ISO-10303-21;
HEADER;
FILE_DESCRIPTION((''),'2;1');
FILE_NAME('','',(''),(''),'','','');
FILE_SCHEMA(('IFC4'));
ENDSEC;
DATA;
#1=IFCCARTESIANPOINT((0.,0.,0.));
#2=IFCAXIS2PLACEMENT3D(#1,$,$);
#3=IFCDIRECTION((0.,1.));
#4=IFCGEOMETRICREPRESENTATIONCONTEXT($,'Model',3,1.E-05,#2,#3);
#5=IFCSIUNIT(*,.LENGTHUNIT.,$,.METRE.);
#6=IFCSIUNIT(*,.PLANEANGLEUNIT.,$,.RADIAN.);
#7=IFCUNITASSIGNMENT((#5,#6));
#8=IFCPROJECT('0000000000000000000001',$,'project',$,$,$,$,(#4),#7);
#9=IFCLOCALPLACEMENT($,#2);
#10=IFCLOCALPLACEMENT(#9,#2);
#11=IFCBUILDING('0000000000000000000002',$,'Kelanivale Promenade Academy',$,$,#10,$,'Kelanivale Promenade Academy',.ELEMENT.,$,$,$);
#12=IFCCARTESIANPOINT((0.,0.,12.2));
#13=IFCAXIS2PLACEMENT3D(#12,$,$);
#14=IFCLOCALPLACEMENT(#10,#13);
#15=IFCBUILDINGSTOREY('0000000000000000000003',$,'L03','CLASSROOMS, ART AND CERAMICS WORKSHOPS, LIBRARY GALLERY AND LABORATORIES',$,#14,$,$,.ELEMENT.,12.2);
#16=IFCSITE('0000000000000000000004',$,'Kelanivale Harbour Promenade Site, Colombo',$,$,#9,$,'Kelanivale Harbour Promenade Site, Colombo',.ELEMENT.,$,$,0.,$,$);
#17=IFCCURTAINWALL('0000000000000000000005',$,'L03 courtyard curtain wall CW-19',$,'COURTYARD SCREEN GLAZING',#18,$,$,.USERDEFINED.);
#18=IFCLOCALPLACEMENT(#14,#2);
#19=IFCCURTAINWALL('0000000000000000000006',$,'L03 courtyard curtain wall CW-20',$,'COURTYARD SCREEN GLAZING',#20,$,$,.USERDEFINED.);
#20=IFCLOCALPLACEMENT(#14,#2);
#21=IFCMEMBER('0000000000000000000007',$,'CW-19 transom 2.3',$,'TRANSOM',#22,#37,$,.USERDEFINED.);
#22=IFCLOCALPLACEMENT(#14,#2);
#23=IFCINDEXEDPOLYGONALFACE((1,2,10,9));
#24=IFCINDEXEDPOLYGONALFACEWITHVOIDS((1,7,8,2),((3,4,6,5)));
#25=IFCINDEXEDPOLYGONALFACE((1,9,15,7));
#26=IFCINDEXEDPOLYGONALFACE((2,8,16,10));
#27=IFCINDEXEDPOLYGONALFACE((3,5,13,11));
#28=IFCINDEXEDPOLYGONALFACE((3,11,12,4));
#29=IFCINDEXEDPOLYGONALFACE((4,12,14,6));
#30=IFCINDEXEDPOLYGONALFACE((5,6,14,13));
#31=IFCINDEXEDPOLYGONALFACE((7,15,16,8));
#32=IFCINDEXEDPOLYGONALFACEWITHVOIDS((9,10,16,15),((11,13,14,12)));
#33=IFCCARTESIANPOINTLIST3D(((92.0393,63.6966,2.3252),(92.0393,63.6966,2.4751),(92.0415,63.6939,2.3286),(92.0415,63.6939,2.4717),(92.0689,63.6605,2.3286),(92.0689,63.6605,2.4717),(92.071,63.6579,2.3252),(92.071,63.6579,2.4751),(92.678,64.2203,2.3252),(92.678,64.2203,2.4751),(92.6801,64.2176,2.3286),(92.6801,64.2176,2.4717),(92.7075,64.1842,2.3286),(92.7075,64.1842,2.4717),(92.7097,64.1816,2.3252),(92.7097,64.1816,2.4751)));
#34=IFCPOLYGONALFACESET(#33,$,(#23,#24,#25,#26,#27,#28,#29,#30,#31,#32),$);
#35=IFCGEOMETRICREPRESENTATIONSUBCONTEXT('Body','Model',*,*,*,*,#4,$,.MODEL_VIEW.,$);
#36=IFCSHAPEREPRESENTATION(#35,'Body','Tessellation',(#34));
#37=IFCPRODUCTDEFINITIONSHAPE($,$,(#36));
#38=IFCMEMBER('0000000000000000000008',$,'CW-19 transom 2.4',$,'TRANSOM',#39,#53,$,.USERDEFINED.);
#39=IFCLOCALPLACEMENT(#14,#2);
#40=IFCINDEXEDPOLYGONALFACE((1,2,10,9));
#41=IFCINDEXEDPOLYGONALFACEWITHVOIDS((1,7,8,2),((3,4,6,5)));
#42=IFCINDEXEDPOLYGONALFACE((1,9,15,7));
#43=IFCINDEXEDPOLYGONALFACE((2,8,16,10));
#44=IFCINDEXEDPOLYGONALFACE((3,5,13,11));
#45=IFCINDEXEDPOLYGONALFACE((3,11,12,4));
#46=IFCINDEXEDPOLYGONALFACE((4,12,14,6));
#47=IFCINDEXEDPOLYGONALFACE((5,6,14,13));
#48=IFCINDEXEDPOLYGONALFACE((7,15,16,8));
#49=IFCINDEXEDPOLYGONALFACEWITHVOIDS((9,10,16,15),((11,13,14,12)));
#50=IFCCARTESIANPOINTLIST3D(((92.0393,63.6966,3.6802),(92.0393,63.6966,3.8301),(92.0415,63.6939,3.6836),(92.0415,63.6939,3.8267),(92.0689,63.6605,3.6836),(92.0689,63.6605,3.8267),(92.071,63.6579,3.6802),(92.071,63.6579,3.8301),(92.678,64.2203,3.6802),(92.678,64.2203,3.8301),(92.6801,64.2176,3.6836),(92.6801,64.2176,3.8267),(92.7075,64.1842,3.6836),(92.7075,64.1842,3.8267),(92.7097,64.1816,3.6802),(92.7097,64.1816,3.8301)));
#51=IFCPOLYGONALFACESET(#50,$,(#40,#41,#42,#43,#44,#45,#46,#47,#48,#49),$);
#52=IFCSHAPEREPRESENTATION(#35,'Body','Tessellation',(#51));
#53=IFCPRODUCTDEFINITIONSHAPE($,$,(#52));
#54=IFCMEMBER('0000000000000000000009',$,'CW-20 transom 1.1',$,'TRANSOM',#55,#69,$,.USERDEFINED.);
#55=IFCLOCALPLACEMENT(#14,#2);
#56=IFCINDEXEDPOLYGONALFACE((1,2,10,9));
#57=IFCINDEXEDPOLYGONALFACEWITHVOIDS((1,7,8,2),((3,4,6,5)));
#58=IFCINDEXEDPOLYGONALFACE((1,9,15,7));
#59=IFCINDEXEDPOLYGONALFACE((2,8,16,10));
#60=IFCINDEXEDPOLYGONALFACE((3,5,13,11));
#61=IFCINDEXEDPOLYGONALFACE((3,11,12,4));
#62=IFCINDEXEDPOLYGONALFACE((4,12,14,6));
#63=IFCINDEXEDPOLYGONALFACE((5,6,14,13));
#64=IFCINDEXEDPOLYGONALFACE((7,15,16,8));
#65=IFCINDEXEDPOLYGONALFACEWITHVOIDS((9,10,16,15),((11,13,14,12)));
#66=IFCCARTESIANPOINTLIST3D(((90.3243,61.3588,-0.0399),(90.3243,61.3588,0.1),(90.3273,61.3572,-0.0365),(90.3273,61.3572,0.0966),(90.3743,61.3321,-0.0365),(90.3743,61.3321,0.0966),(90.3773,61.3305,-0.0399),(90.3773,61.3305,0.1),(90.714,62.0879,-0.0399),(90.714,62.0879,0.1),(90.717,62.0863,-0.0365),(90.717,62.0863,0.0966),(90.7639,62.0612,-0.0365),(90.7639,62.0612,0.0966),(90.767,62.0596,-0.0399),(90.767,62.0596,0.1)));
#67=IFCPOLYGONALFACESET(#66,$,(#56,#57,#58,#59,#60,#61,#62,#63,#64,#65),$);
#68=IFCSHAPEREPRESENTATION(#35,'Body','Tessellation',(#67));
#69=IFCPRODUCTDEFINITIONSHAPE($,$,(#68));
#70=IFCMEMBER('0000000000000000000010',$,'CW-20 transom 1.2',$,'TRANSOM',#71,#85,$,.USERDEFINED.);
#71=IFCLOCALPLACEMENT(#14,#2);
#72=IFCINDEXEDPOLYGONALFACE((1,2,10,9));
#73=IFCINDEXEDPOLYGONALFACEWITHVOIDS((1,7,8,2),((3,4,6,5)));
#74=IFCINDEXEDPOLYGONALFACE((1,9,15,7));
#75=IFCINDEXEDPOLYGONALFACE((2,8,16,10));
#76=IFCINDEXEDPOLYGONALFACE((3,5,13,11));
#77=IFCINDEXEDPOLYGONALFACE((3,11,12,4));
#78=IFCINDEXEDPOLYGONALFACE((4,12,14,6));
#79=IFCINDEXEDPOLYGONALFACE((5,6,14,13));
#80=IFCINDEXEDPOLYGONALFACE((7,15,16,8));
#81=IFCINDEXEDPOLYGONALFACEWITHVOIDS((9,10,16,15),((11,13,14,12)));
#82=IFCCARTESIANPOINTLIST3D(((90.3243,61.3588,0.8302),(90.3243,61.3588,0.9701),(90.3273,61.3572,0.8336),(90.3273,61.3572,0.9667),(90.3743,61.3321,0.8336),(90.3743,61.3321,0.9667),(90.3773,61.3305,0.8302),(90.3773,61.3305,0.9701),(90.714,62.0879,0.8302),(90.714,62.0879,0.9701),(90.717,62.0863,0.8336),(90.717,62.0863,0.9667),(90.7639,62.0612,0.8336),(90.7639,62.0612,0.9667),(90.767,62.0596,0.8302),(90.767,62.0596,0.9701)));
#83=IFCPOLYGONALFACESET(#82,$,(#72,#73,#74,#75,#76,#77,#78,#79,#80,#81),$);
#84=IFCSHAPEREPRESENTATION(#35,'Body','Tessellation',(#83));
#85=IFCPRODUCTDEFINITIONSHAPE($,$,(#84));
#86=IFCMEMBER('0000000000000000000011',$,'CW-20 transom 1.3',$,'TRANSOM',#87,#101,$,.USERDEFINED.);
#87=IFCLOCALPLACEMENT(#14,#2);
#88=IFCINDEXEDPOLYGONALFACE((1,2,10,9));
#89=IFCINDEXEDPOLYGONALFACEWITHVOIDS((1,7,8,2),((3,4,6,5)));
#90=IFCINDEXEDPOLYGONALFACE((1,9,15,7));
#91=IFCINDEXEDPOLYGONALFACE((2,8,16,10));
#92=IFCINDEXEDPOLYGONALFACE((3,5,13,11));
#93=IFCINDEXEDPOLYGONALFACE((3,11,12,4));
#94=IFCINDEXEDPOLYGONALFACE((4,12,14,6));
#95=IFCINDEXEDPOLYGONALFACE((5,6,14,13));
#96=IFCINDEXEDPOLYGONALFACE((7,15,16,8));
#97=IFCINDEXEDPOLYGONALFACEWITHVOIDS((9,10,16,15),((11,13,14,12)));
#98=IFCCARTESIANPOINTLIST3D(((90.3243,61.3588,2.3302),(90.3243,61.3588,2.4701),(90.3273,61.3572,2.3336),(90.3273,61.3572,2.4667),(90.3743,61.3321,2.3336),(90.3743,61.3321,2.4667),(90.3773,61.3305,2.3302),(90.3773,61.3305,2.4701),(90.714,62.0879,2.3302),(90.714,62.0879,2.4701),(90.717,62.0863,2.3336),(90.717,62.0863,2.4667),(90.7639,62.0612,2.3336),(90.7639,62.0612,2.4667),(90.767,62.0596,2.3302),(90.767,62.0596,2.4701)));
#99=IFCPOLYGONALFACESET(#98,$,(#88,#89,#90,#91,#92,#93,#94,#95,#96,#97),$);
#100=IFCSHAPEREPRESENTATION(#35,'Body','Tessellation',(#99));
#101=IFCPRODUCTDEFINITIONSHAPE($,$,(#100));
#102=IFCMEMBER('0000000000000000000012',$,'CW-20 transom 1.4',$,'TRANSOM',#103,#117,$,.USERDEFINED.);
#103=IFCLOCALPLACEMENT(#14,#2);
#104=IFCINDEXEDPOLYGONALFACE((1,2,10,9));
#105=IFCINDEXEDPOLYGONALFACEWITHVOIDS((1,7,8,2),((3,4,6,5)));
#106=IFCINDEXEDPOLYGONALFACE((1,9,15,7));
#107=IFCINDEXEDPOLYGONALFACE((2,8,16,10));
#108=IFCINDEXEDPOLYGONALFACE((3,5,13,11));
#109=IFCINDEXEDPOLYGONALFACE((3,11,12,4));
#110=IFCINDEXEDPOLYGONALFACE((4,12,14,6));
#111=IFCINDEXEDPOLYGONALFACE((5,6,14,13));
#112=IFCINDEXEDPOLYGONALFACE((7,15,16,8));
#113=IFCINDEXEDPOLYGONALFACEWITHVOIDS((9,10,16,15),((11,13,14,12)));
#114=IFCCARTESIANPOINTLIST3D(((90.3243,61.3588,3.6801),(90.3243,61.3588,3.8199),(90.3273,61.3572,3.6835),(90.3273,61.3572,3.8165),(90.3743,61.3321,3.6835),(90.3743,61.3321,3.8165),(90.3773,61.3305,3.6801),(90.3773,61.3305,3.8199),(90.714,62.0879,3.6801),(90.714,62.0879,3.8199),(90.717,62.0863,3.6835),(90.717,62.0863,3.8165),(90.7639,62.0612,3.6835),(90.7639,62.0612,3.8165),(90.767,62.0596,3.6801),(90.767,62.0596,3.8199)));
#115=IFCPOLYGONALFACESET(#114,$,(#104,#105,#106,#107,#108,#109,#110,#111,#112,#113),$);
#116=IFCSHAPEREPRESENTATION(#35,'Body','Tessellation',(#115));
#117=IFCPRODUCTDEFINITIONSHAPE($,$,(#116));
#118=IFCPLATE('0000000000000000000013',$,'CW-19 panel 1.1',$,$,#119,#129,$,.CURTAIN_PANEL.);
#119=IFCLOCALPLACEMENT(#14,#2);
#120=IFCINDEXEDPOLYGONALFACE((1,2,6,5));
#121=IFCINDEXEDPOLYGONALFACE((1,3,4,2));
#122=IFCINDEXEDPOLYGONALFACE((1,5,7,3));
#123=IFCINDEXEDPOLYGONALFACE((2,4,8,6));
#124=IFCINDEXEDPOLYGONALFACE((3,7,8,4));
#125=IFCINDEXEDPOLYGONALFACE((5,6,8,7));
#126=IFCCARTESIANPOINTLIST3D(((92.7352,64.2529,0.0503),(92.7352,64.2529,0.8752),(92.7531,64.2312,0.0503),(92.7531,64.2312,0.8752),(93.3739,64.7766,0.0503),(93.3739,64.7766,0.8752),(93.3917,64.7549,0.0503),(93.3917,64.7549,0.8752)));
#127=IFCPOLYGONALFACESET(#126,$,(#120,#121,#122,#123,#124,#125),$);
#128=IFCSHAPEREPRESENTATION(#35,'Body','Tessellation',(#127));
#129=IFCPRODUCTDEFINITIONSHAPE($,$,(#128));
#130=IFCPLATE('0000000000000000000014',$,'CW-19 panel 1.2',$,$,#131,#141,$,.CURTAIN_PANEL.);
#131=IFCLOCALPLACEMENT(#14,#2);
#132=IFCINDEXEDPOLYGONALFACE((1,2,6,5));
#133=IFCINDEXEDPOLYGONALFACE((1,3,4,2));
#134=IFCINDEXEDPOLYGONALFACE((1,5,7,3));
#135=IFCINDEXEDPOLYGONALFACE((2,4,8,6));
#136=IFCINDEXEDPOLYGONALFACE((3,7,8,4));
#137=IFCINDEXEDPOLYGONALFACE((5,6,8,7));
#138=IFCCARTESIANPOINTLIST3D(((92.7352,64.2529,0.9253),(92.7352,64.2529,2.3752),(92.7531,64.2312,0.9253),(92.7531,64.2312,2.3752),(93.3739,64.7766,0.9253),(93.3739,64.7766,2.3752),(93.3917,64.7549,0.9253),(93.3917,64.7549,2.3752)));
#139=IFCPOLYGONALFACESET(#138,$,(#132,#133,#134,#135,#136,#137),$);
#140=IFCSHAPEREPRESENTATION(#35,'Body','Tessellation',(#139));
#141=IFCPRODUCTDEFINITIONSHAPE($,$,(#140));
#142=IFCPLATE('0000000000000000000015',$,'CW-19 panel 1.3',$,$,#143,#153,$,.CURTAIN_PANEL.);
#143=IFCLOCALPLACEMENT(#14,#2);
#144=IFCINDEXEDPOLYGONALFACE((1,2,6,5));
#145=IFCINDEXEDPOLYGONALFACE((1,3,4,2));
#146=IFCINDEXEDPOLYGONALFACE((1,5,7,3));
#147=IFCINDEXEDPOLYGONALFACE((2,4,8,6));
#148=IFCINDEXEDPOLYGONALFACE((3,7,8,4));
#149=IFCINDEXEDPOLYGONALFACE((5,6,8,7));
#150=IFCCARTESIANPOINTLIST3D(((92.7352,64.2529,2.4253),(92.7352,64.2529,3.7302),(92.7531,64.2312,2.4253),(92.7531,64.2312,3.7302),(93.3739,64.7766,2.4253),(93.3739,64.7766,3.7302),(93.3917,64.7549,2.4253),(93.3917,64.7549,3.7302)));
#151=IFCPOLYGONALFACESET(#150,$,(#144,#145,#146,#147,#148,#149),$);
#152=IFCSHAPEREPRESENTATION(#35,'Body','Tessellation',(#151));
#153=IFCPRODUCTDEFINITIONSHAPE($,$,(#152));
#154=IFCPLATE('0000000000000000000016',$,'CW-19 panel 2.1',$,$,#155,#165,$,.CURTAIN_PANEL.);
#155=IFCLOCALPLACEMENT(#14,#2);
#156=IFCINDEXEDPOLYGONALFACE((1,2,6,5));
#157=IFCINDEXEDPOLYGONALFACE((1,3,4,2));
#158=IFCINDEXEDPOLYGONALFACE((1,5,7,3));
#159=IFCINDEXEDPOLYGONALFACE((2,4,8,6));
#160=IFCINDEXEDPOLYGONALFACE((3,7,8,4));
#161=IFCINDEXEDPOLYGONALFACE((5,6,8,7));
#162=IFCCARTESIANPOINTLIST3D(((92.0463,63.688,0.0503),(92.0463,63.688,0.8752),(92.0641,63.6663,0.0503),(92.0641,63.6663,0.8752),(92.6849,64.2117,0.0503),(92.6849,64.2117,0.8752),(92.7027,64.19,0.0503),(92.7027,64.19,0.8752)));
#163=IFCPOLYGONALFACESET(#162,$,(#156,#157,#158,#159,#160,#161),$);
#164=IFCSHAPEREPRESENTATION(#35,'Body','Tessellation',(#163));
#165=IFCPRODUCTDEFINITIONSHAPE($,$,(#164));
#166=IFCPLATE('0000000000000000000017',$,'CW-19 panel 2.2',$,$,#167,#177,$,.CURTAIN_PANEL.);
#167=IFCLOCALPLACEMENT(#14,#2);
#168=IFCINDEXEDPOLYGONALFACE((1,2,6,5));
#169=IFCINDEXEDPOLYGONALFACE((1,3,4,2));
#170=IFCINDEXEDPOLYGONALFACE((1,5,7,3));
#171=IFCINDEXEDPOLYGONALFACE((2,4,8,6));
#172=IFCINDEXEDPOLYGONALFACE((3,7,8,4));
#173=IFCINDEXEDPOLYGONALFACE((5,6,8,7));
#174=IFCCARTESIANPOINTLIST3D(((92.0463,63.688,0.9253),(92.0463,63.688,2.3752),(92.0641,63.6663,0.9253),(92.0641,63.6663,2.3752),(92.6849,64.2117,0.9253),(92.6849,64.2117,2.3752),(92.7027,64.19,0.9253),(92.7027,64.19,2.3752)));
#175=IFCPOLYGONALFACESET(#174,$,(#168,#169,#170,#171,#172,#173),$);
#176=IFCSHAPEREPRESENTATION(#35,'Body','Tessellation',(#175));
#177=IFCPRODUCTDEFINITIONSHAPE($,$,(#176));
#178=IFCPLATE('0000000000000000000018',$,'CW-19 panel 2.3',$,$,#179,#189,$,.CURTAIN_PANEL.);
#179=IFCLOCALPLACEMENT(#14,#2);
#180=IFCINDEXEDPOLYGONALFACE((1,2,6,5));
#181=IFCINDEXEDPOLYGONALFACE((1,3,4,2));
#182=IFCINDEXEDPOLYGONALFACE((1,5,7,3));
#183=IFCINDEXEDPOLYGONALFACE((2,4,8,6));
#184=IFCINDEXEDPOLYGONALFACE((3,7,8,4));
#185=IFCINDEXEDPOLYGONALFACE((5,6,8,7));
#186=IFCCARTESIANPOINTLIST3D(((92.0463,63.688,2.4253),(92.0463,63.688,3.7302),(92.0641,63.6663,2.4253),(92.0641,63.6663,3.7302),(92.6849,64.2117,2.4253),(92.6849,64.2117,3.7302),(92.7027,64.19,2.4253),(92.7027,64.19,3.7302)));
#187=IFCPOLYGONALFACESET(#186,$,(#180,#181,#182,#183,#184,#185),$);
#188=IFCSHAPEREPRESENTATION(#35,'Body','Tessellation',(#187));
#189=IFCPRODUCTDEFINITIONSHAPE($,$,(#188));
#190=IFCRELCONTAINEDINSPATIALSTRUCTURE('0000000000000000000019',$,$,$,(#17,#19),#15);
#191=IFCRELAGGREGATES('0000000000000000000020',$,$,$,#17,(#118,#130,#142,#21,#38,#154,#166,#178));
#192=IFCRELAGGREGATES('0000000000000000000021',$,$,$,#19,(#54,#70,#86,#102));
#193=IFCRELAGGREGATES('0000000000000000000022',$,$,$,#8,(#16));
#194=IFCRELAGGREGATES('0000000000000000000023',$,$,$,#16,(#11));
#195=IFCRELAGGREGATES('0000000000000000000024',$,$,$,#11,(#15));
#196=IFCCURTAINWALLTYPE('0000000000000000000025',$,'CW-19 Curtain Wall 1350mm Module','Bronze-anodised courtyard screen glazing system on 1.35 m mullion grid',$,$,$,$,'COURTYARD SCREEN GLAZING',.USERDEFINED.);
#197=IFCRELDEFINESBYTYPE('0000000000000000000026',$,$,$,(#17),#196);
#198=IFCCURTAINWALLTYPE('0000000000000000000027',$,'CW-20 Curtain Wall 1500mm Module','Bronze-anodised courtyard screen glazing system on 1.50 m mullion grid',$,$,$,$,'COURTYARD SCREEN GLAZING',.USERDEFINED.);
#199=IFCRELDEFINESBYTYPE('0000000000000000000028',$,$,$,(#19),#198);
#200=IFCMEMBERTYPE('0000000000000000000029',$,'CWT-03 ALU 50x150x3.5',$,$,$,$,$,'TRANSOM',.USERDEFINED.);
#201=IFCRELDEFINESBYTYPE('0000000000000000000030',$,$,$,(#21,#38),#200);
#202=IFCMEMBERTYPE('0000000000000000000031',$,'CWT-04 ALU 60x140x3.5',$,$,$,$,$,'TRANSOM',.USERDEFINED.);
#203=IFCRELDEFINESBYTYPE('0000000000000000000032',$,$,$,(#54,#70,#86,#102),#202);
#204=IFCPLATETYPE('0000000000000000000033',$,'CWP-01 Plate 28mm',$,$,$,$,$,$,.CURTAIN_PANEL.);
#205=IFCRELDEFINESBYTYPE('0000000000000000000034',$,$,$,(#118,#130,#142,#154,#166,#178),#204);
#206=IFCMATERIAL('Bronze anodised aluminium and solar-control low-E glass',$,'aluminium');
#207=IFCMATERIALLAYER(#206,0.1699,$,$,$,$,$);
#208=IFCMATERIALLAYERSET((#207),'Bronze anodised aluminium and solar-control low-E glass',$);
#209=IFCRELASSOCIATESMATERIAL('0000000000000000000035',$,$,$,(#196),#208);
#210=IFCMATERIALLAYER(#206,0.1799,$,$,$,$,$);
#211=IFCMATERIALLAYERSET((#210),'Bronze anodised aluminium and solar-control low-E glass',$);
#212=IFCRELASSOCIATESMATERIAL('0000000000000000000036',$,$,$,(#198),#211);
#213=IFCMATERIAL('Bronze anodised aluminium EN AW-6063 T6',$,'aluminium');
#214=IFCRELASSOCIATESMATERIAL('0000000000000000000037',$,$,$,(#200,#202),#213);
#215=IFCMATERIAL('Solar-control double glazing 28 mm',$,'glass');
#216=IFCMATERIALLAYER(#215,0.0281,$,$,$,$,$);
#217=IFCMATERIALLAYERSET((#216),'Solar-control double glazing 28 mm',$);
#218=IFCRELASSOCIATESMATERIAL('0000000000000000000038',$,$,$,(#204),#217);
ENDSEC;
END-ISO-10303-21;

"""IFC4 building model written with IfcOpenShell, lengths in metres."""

from ifc_helpers import new_model, si_unit, direction, frame, origin, origin_2d, place, context, subcontext, project, spatial, rectangle, hollow_rectangle, extrude, material, layer, layer_set, material_profile, profile_set, type_object, element, aggregate, save


model = new_model("IFC4")

# Units and contexts
model_context = context("Model", 3, precision=1e-05, world=origin(), true_north=direction((0.0, 1.0)))
body_context = subcontext(model_context, "Body", "Model", "MODEL_VIEW")
ifc_project = project(units=[si_unit("LENGTHUNIT", "METRE"), si_unit("PLANEANGLEUNIT", "RADIAN")], contexts=[model_context])

# Site, building, storey
site_placement = place(None, origin())
site = spatial("IfcSite", under=ifc_project, at=site_placement, Name="Kelanivale Harbour Promenade Site, Colombo", LongName="Kelanivale Harbour Promenade Site, Colombo", CompositionType="ELEMENT", RefElevation=0.0)
building_placement = place(site_placement, origin())
building = spatial("IfcBuilding", under=site, at=building_placement, Name="Kelanivale Promenade Academy", LongName="Kelanivale Promenade Academy", CompositionType="ELEMENT")
storey_placement = place(building_placement, frame((0.0, 0.0, 12.2)))
storey = spatial("IfcBuildingStorey", under=building, at=storey_placement, Name="L03", Description="CLASSROOMS, ART AND CERAMICS WORKSHOPS, LIBRARY GALLERY AND LABORATORIES", CompositionType="ELEMENT", Elevation=12.2)

# Curtain wall
ifc_material_1 = material(Name="Bronze anodised aluminium and solar-control low-E glass", Category="aluminium")
ifc_layer_1 = layer(ifc_material_1, 0.1699)
ifc_layer_set_1 = layer_set([ifc_layer_1], Name="Bronze anodised aluminium and solar-control low-E glass")
curtain_wall_type_1 = type_object("IfcCurtainWallType", Name="CW-19 Curtain Wall 1350mm Module", Description="Bronze-anodised courtyard screen glazing system on 1.35 m mullion grid", ElementType="COURTYARD SCREEN GLAZING", PredefinedType="USERDEFINED", material=ifc_layer_set_1)
curtain_wall_1_placement = place(storey_placement, origin())
curtain_wall_1 = element("IfcCurtainWall", 1, at=curtain_wall_1_placement, inside=storey, type_object=curtain_wall_type_1, Name="L03 courtyard curtain wall CW-19", ObjectType="COURTYARD SCREEN GLAZING", PredefinedType="USERDEFINED")
ifc_material_2 = material(Name="Bronze anodised aluminium EN AW-6063 T6", Category="aluminium")

# Curtain wall
ifc_layer_2 = layer(ifc_material_1, 0.1799)
ifc_layer_set_2 = layer_set([ifc_layer_2], Name="Bronze anodised aluminium and solar-control low-E glass")
curtain_wall_type_2 = type_object("IfcCurtainWallType", Name="CW-20 Curtain Wall 1500mm Module", Description="Bronze-anodised courtyard screen glazing system on 1.50 m mullion grid", ElementType="COURTYARD SCREEN GLAZING", PredefinedType="USERDEFINED", material=ifc_layer_set_2)
curtain_wall_2_placement = place(storey_placement, origin())
curtain_wall_2 = element("IfcCurtainWall", 2, at=curtain_wall_2_placement, inside=storey, type_object=curtain_wall_type_2, Name="L03 courtyard curtain wall CW-20", ObjectType="COURTYARD SCREEN GLAZING", PredefinedType="USERDEFINED")

# Members
ifc_material_profile_1 = material_profile(ifc_material_2, hollow_rectangle(XDim=0.05, YDim=0.1499, WallThickness=0.0034, at=origin_2d()), Name="ALU 50x150x3.5")
ifc_profile_set_1 = profile_set([ifc_material_profile_1], Name="Bronze anodised aluminium EN AW-6063 T6")
member_type_1 = type_object("IfcMemberType", Name="CWT-03 ALU 50x150x3.5", ElementType="TRANSOM", PredefinedType="USERDEFINED", material=ifc_profile_set_1)
member_1_placement = place(storey_placement, frame((92.6938, 64.2009, 2.4001), z_axis=(-0.773285, -0.634058, 0.0), x_axis=(0.634058, -0.773285, 0.0)))
member_1 = element("IfcMember", 3, at=member_1_placement, type_object=member_type_1, Name="CW-19 transom 2.3", ObjectType="TRANSOM", PredefinedType="USERDEFINED", context=body_context, shape_type="SweptSolid", body=[
    extrude(hollow_rectangle(XDim=0.05, YDim=0.1499, WallThickness=0.0034, at=origin_2d()), origin(), (0.0, 0.0, 1.0), 0.8259),
])
member_2_placement = place(storey_placement, frame((92.6938, 64.2009, 3.7551), z_axis=(-0.773285, -0.634058, 0.0), x_axis=(0.634058, -0.773285, 0.0)))
member_2 = element("IfcMember", 4, at=member_2_placement, type_object=member_type_1, Name="CW-19 transom 2.4", ObjectType="TRANSOM", PredefinedType="USERDEFINED", context=body_context, shape_type="SweptSolid", body=[
    extrude(hollow_rectangle(XDim=0.05, YDim=0.1499, WallThickness=0.0034, at=origin_2d()), origin(), (0.0, 0.0, 1.0), 0.8259),
])
ifc_material_profile_2 = material_profile(ifc_material_2, hollow_rectangle(XDim=0.0601, YDim=0.1399, WallThickness=0.0034, at=origin_2d()), Name="ALU 60x140x3.5")
ifc_profile_set_2 = profile_set([ifc_material_profile_2], Name="Bronze anodised aluminium EN AW-6063 T6")
member_type_2 = type_object("IfcMemberType", Name="CWT-04 ALU 60x140x3.5", ElementType="TRANSOM", PredefinedType="USERDEFINED", material=ifc_profile_set_2)
member_3_placement = place(storey_placement, frame((90.7405, 62.0737, 0.03), z_axis=(-0.471385, -0.881927, 0.0), x_axis=(0.881927, -0.471385, 0.0)))
member_3 = element("IfcMember", 5, at=member_3_placement, type_object=member_type_2, Name="CW-20 transom 1.1", ObjectType="TRANSOM", PredefinedType="USERDEFINED", context=body_context, shape_type="SweptSolid", body=[
    extrude(hollow_rectangle(XDim=0.0601, YDim=0.1399, WallThickness=0.0034, at=origin_2d()), origin(), (0.0, 0.0, 1.0), 0.8267),
])
member_4_placement = place(storey_placement, frame((90.7405, 62.0737, 0.9001), z_axis=(-0.471385, -0.881927, 0.0), x_axis=(0.881927, -0.471385, 0.0)))
member_4 = element("IfcMember", 6, at=member_4_placement, type_object=member_type_2, Name="CW-20 transom 1.2", ObjectType="TRANSOM", PredefinedType="USERDEFINED", context=body_context, shape_type="SweptSolid", body=[
    extrude(hollow_rectangle(XDim=0.0601, YDim=0.1399, WallThickness=0.0034, at=origin_2d()), origin(), (0.0, 0.0, 1.0), 0.8267),
])
member_5_placement = place(storey_placement, frame((90.7405, 62.0737, 2.4001), z_axis=(-0.471385, -0.881927, 0.0), x_axis=(0.881927, -0.471385, 0.0)))
member_5 = element("IfcMember", 7, at=member_5_placement, type_object=member_type_2, Name="CW-20 transom 1.3", ObjectType="TRANSOM", PredefinedType="USERDEFINED", context=body_context, shape_type="SweptSolid", body=[
    extrude(hollow_rectangle(XDim=0.0601, YDim=0.1399, WallThickness=0.0034, at=origin_2d()), origin(), (0.0, 0.0, 1.0), 0.8267),
])
member_6_placement = place(storey_placement, frame((90.7405, 62.0737, 3.75), z_axis=(-0.471385, -0.881927, 0.0), x_axis=(0.881927, -0.471385, 0.0)))
member_6 = element("IfcMember", 8, at=member_6_placement, type_object=member_type_2, Name="CW-20 transom 1.4", ObjectType="TRANSOM", PredefinedType="USERDEFINED", context=body_context, shape_type="SweptSolid", body=[
    extrude(hollow_rectangle(XDim=0.0601, YDim=0.1399, WallThickness=0.0034, at=origin_2d()), origin(), (0.0, 0.0, 1.0), 0.8267),
])

# Plates
ifc_material_3 = material(Name="Solar-control double glazing 28 mm", Category="glass")
ifc_layer_3 = layer(ifc_material_3, 0.0281)
ifc_layer_set_3 = layer_set([ifc_layer_3], Name="Solar-control double glazing 28 mm")
plate_type_1 = type_object("IfcPlateType", Name="CWP-01 Plate 28mm", PredefinedType="CURTAIN_PANEL", material=ifc_layer_set_3)
plate_1_placement = place(storey_placement, frame((93.0635, 64.5039, 0.0503), z_axis=(0.0, 0.0, 1.0), x_axis=(-0.773257, -0.634093, 0.0)))
plate_1 = element("IfcPlate", 9, at=plate_1_placement, type_object=plate_type_1, Name="CW-19 panel 1.1", PredefinedType="CURTAIN_PANEL", context=body_context, shape_type="SweptSolid", body=[
    extrude(rectangle(XDim=0.8259, YDim=0.0281, at=origin_2d()), origin(), (0.0, 0.0, 1.0), 0.825),
])
plate_2_placement = place(storey_placement, frame((93.0635, 64.5039, 0.9253), z_axis=(0.0, 0.0, 1.0), x_axis=(-0.773257, -0.634093, 0.0)))
plate_2 = element("IfcPlate", 10, at=plate_2_placement, type_object=plate_type_1, Name="CW-19 panel 1.2", PredefinedType="CURTAIN_PANEL", context=body_context, shape_type="SweptSolid", body=[
    extrude(rectangle(XDim=0.8259, YDim=0.0281, at=origin_2d()), origin(), (0.0, 0.0, 1.0), 1.45),
])
plate_3_placement = place(storey_placement, frame((93.0635, 64.5039, 2.4253), z_axis=(0.0, 0.0, 1.0), x_axis=(-0.773257, -0.634093, 0.0)))
plate_3 = element("IfcPlate", 11, at=plate_3_placement, type_object=plate_type_1, Name="CW-19 panel 1.3", PredefinedType="CURTAIN_PANEL", context=body_context, shape_type="SweptSolid", body=[
    extrude(rectangle(XDim=0.8259, YDim=0.0281, at=origin_2d()), origin(), (0.0, 0.0, 1.0), 1.3049),
])
plate_4_placement = place(storey_placement, frame((92.3745, 63.939, 0.0503), z_axis=(0.0, 0.0, 1.0), x_axis=(-0.773257, -0.634093, 0.0)))
plate_4 = element("IfcPlate", 12, at=plate_4_placement, type_object=plate_type_1, Name="CW-19 panel 2.1", PredefinedType="CURTAIN_PANEL", context=body_context, shape_type="SweptSolid", body=[
    extrude(rectangle(XDim=0.8259, YDim=0.0281, at=origin_2d()), origin(), (0.0, 0.0, 1.0), 0.825),
])
plate_5_placement = place(storey_placement, frame((92.3745, 63.939, 0.9253), z_axis=(0.0, 0.0, 1.0), x_axis=(-0.773257, -0.634093, 0.0)))
plate_5 = element("IfcPlate", 13, at=plate_5_placement, type_object=plate_type_1, Name="CW-19 panel 2.2", PredefinedType="CURTAIN_PANEL", context=body_context, shape_type="SweptSolid", body=[
    extrude(rectangle(XDim=0.8259, YDim=0.0281, at=origin_2d()), origin(), (0.0, 0.0, 1.0), 1.45),
])
plate_6_placement = place(storey_placement, frame((92.3745, 63.939, 2.4253), z_axis=(0.0, 0.0, 1.0), x_axis=(-0.773257, -0.634093, 0.0)))
plate_6 = element("IfcPlate", 14, at=plate_6_placement, type_object=plate_type_1, Name="CW-19 panel 2.3", PredefinedType="CURTAIN_PANEL", context=body_context, shape_type="SweptSolid", body=[
    extrude(rectangle(XDim=0.8259, YDim=0.0281, at=origin_2d()), origin(), (0.0, 0.0, 1.0), 1.3049),
])
aggregate(curtain_wall_1, [plate_1, plate_2, plate_3, member_1, member_2, plate_4, plate_5, plate_6])
aggregate(curtain_wall_2, [member_3, member_4, member_5, member_6])

save(model, "model.ifc")
